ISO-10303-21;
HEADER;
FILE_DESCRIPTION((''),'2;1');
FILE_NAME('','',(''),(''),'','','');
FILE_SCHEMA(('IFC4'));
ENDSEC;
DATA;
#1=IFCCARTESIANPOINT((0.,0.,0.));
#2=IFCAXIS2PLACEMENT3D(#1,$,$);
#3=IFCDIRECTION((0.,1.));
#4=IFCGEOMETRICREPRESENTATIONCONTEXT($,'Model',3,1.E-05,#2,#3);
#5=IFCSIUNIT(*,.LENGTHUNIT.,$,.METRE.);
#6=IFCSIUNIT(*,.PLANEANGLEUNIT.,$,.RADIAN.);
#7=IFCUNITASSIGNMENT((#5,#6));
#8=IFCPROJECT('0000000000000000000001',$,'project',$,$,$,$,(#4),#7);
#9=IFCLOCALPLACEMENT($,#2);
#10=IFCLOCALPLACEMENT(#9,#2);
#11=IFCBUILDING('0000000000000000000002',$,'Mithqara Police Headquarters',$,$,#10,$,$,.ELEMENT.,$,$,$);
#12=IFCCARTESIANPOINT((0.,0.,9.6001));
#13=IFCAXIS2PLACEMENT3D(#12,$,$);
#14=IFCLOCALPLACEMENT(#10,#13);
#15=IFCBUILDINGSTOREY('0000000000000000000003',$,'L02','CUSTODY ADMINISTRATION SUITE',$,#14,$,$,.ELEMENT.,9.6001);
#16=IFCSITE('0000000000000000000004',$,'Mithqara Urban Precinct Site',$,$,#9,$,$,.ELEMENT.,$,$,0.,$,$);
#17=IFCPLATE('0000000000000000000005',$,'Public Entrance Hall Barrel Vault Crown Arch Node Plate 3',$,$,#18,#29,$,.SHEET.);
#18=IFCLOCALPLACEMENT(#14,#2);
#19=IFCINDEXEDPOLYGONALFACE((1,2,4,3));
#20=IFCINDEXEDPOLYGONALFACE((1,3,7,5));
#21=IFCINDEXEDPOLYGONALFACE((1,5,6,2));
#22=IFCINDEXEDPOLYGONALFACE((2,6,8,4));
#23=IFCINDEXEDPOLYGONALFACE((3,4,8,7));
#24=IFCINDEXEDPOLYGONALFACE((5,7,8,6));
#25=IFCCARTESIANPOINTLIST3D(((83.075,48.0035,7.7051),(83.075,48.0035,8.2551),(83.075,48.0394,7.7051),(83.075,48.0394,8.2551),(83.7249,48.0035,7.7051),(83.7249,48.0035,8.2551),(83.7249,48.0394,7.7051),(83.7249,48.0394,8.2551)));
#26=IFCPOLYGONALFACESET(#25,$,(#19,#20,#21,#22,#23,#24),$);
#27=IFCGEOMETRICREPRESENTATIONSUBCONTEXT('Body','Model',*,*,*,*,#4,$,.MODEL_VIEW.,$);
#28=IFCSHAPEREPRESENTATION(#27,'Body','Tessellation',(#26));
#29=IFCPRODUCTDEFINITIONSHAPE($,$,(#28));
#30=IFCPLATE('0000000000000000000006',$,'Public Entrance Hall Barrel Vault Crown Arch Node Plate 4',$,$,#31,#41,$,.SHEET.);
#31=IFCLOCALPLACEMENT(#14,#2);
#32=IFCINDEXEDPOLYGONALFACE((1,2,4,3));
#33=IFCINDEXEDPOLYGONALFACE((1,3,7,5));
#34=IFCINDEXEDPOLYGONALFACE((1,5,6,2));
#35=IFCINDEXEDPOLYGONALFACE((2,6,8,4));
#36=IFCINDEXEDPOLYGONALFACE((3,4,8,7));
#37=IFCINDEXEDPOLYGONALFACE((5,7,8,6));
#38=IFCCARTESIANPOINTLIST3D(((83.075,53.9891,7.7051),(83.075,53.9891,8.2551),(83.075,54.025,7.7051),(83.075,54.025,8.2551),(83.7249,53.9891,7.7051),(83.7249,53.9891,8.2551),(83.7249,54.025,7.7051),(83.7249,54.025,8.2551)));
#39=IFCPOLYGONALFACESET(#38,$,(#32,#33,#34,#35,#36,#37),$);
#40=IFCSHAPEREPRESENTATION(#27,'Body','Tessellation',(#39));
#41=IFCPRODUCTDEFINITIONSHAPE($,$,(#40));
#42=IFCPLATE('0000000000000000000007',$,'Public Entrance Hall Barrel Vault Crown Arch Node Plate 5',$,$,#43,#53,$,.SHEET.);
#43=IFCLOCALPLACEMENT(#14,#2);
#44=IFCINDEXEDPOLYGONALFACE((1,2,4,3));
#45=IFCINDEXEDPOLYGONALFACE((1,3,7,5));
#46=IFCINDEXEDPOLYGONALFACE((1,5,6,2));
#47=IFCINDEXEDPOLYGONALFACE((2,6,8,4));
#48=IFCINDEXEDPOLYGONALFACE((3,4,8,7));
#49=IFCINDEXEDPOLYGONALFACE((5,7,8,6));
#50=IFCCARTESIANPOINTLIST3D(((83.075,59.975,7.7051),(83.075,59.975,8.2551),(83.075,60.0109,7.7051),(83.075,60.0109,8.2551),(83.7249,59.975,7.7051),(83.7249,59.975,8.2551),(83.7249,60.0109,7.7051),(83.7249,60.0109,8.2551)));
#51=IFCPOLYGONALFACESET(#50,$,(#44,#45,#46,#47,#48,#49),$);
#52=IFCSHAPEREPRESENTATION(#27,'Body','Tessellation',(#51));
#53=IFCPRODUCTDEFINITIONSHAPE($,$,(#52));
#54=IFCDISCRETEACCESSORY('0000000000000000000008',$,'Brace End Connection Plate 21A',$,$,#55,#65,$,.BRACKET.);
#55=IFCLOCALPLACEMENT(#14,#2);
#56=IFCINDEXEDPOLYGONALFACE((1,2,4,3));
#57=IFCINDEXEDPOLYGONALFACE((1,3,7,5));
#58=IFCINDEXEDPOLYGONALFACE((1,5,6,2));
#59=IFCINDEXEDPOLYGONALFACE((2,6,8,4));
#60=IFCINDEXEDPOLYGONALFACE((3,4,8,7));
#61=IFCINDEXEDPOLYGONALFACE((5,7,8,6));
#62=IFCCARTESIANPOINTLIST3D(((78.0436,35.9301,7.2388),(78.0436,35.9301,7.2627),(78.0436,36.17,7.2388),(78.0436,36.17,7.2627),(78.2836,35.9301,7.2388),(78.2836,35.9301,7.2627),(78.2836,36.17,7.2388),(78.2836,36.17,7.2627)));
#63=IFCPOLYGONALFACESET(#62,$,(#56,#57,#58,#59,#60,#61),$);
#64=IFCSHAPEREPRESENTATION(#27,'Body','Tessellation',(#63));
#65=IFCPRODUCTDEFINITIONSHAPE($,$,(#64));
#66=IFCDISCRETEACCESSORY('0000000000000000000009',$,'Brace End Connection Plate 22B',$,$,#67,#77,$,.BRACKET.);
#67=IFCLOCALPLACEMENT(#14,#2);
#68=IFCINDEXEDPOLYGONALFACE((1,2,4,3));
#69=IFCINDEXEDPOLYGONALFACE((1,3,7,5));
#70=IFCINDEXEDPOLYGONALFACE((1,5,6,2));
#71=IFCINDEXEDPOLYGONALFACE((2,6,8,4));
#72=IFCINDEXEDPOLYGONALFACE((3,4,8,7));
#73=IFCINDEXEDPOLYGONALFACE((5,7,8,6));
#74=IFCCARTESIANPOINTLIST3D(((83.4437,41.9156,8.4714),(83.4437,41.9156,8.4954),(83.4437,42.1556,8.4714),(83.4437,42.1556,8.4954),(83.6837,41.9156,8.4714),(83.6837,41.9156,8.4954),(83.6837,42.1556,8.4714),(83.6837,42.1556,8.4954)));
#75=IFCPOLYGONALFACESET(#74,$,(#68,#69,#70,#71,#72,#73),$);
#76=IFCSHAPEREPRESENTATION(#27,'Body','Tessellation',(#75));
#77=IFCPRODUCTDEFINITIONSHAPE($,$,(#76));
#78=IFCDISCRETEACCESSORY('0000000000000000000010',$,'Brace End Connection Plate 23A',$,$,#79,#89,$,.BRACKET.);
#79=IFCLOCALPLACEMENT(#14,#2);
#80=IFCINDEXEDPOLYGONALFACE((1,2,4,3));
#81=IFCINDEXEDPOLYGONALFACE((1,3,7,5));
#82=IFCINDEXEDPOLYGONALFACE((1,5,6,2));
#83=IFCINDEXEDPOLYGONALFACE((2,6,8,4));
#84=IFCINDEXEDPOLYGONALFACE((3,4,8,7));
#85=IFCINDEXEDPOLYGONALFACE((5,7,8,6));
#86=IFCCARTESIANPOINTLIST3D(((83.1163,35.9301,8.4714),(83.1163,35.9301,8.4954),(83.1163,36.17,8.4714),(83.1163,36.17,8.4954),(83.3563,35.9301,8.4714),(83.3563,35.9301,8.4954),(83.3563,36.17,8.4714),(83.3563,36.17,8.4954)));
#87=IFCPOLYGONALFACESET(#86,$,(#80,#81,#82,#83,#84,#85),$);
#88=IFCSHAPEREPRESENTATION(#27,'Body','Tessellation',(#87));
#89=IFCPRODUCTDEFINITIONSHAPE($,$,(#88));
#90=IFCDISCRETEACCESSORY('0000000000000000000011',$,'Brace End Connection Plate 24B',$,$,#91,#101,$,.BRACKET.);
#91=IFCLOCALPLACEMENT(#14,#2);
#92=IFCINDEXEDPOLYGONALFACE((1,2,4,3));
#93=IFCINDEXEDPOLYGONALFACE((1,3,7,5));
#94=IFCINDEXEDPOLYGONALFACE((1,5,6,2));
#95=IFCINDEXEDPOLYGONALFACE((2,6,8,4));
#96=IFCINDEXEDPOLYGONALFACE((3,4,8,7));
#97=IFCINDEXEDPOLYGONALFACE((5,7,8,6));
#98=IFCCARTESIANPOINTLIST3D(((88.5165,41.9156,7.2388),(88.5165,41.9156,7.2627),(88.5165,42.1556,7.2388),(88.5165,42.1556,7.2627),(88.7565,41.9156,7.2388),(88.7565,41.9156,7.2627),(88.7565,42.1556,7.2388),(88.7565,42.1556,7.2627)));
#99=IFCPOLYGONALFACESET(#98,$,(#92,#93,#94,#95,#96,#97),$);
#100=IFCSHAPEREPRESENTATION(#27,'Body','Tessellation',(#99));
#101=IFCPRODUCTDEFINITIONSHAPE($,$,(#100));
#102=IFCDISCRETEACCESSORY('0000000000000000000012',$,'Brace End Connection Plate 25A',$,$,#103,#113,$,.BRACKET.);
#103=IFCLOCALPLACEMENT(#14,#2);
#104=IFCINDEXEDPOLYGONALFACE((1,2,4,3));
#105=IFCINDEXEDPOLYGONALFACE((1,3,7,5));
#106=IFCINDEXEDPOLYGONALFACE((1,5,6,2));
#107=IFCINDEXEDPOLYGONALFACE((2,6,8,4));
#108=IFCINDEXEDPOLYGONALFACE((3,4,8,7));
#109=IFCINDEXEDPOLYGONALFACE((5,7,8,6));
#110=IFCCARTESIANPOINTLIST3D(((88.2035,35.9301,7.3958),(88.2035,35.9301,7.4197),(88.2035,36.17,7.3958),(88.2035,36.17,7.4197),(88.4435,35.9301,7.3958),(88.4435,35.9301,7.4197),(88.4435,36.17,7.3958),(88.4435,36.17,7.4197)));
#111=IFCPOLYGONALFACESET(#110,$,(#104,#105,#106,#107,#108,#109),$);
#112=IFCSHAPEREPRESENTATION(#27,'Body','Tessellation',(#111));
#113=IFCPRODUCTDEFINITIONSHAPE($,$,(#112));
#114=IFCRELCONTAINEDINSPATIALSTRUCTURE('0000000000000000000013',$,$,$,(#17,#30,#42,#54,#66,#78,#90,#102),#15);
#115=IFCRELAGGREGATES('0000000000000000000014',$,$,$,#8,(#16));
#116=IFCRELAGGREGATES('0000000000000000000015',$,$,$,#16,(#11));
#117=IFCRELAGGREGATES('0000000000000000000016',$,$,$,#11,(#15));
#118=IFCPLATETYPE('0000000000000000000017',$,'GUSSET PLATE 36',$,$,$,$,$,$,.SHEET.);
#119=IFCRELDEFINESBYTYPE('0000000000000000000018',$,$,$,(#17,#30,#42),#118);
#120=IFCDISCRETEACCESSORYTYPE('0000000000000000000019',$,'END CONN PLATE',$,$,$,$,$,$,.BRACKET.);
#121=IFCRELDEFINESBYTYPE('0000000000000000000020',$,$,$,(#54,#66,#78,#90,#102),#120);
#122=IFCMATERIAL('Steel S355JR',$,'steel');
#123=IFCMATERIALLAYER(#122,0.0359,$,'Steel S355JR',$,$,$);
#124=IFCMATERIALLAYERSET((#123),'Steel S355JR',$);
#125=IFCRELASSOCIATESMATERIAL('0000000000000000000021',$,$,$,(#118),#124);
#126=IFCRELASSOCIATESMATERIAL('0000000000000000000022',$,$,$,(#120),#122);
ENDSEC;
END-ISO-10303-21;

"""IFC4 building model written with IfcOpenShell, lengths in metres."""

from ifc_helpers import new_model, si_unit, direction, frame, origin, origin_2d, place, context, subcontext, project, spatial, rectangle, extrude, material, layer, layer_set, type_object, element, save


model = new_model("IFC4")

# Units and contexts
model_context = context("Model", 3, precision=1e-05, world=origin(), true_north=direction((0.0, 1.0)))
body_context = subcontext(model_context, "Body", "Model", "MODEL_VIEW")
ifc_project = project(units=[si_unit("LENGTHUNIT", "METRE"), si_unit("PLANEANGLEUNIT", "RADIAN")], contexts=[model_context])

# Site, building, storey
site_placement = place(None, origin())
site = spatial("IfcSite", under=ifc_project, at=site_placement, Name="Mithqara Urban Precinct Site", CompositionType="ELEMENT", RefElevation=0.0)
building_placement = place(site_placement, origin())
building = spatial("IfcBuilding", under=site, at=building_placement, Name="Mithqara Police Headquarters", CompositionType="ELEMENT")
storey_placement = place(building_placement, frame((0.0, 0.0, 9.6001)))
storey = spatial("IfcBuildingStorey", under=building, at=storey_placement, Name="L02", Description="CUSTODY ADMINISTRATION SUITE", CompositionType="ELEMENT", Elevation=9.6001)

# Shared definitions
ifc_material_1 = material(Name="Steel S355JR", Category="steel")

# Plates
ifc_layer = layer(ifc_material_1, 0.0359, Name="Steel S355JR")
ifc_layer_set = layer_set([ifc_layer], Name="Steel S355JR")
plate_type = type_object("IfcPlateType", Name="GUSSET PLATE 36", PredefinedType="SHEET", material=ifc_layer_set)
for number, where, z_axis, x_axis, name in (
    (1, (83.3999, 48.0215, 7.7051), (0.0, 0.0, 1.0), (1.0, 0.0, 0.0), "Public Entrance Hall Barrel Vault Crown Arch Node Plate 3"),
    (2, (83.3999, 54.0071, 7.7051), (0.0, 0.0, 1.0), (1.0, 0.0, 0.0), "Public Entrance Hall Barrel Vault Crown Arch Node Plate 4"),
    (3, (83.3999, 59.9929, 7.7051), (0.0, 0.0, 1.0), (1.0, 0.0, 0.0), "Public Entrance Hall Barrel Vault Crown Arch Node Plate 5"),
):
    element("IfcPlate", number, at=place(storey_placement, frame(where, z_axis=z_axis, x_axis=x_axis)), inside=storey, type_object=plate_type, Name=name, PredefinedType="SHEET", context=body_context, shape_type="SweptSolid", body=[
        extrude(rectangle(XDim=0.6499, YDim=0.0359, at=origin_2d()), origin(), (0.0, 0.0, 1.0), 0.55),
    ])

# Discrete accessories
discrete_accessory_type = type_object("IfcDiscreteAccessoryType", Name="END CONN PLATE", PredefinedType="BRACKET", material=ifc_material_1)
for number, where, z_axis, x_axis, name in (
    (4, (78.1636, 36.05, 7.2388), (0.0, 0.0, 1.0), (1.0, 0.0, 0.0), "Brace End Connection Plate 21A"),
    (5, (83.5637, 42.0356, 8.4714), (0.0, 0.0, 1.0), (1.0, 0.0, 0.0), "Brace End Connection Plate 22B"),
    (6, (83.2363, 36.05, 8.4714), (0.0, 0.0, 1.0), (1.0, 0.0, 0.0), "Brace End Connection Plate 23A"),
    (7, (88.6365, 42.0356, 7.2388), (0.0, 0.0, 1.0), (1.0, 0.0, 0.0), "Brace End Connection Plate 24B"),
    (8, (88.3235, 36.05, 7.3958), (0.0, 0.0, 1.0), (1.0, 0.0, 0.0), "Brace End Connection Plate 25A"),
):
    element("IfcDiscreteAccessory", number, at=place(storey_placement, frame(where, z_axis=z_axis, x_axis=x_axis)), inside=storey, type_object=discrete_accessory_type, Name=name, PredefinedType="BRACKET", context=body_context, shape_type="SweptSolid", body=[
        extrude(rectangle(XDim=0.24, YDim=0.24, at=origin_2d()), origin(), (0.0, 0.0, 1.0), 0.0239),
    ])

save(model, "model.ifc")
